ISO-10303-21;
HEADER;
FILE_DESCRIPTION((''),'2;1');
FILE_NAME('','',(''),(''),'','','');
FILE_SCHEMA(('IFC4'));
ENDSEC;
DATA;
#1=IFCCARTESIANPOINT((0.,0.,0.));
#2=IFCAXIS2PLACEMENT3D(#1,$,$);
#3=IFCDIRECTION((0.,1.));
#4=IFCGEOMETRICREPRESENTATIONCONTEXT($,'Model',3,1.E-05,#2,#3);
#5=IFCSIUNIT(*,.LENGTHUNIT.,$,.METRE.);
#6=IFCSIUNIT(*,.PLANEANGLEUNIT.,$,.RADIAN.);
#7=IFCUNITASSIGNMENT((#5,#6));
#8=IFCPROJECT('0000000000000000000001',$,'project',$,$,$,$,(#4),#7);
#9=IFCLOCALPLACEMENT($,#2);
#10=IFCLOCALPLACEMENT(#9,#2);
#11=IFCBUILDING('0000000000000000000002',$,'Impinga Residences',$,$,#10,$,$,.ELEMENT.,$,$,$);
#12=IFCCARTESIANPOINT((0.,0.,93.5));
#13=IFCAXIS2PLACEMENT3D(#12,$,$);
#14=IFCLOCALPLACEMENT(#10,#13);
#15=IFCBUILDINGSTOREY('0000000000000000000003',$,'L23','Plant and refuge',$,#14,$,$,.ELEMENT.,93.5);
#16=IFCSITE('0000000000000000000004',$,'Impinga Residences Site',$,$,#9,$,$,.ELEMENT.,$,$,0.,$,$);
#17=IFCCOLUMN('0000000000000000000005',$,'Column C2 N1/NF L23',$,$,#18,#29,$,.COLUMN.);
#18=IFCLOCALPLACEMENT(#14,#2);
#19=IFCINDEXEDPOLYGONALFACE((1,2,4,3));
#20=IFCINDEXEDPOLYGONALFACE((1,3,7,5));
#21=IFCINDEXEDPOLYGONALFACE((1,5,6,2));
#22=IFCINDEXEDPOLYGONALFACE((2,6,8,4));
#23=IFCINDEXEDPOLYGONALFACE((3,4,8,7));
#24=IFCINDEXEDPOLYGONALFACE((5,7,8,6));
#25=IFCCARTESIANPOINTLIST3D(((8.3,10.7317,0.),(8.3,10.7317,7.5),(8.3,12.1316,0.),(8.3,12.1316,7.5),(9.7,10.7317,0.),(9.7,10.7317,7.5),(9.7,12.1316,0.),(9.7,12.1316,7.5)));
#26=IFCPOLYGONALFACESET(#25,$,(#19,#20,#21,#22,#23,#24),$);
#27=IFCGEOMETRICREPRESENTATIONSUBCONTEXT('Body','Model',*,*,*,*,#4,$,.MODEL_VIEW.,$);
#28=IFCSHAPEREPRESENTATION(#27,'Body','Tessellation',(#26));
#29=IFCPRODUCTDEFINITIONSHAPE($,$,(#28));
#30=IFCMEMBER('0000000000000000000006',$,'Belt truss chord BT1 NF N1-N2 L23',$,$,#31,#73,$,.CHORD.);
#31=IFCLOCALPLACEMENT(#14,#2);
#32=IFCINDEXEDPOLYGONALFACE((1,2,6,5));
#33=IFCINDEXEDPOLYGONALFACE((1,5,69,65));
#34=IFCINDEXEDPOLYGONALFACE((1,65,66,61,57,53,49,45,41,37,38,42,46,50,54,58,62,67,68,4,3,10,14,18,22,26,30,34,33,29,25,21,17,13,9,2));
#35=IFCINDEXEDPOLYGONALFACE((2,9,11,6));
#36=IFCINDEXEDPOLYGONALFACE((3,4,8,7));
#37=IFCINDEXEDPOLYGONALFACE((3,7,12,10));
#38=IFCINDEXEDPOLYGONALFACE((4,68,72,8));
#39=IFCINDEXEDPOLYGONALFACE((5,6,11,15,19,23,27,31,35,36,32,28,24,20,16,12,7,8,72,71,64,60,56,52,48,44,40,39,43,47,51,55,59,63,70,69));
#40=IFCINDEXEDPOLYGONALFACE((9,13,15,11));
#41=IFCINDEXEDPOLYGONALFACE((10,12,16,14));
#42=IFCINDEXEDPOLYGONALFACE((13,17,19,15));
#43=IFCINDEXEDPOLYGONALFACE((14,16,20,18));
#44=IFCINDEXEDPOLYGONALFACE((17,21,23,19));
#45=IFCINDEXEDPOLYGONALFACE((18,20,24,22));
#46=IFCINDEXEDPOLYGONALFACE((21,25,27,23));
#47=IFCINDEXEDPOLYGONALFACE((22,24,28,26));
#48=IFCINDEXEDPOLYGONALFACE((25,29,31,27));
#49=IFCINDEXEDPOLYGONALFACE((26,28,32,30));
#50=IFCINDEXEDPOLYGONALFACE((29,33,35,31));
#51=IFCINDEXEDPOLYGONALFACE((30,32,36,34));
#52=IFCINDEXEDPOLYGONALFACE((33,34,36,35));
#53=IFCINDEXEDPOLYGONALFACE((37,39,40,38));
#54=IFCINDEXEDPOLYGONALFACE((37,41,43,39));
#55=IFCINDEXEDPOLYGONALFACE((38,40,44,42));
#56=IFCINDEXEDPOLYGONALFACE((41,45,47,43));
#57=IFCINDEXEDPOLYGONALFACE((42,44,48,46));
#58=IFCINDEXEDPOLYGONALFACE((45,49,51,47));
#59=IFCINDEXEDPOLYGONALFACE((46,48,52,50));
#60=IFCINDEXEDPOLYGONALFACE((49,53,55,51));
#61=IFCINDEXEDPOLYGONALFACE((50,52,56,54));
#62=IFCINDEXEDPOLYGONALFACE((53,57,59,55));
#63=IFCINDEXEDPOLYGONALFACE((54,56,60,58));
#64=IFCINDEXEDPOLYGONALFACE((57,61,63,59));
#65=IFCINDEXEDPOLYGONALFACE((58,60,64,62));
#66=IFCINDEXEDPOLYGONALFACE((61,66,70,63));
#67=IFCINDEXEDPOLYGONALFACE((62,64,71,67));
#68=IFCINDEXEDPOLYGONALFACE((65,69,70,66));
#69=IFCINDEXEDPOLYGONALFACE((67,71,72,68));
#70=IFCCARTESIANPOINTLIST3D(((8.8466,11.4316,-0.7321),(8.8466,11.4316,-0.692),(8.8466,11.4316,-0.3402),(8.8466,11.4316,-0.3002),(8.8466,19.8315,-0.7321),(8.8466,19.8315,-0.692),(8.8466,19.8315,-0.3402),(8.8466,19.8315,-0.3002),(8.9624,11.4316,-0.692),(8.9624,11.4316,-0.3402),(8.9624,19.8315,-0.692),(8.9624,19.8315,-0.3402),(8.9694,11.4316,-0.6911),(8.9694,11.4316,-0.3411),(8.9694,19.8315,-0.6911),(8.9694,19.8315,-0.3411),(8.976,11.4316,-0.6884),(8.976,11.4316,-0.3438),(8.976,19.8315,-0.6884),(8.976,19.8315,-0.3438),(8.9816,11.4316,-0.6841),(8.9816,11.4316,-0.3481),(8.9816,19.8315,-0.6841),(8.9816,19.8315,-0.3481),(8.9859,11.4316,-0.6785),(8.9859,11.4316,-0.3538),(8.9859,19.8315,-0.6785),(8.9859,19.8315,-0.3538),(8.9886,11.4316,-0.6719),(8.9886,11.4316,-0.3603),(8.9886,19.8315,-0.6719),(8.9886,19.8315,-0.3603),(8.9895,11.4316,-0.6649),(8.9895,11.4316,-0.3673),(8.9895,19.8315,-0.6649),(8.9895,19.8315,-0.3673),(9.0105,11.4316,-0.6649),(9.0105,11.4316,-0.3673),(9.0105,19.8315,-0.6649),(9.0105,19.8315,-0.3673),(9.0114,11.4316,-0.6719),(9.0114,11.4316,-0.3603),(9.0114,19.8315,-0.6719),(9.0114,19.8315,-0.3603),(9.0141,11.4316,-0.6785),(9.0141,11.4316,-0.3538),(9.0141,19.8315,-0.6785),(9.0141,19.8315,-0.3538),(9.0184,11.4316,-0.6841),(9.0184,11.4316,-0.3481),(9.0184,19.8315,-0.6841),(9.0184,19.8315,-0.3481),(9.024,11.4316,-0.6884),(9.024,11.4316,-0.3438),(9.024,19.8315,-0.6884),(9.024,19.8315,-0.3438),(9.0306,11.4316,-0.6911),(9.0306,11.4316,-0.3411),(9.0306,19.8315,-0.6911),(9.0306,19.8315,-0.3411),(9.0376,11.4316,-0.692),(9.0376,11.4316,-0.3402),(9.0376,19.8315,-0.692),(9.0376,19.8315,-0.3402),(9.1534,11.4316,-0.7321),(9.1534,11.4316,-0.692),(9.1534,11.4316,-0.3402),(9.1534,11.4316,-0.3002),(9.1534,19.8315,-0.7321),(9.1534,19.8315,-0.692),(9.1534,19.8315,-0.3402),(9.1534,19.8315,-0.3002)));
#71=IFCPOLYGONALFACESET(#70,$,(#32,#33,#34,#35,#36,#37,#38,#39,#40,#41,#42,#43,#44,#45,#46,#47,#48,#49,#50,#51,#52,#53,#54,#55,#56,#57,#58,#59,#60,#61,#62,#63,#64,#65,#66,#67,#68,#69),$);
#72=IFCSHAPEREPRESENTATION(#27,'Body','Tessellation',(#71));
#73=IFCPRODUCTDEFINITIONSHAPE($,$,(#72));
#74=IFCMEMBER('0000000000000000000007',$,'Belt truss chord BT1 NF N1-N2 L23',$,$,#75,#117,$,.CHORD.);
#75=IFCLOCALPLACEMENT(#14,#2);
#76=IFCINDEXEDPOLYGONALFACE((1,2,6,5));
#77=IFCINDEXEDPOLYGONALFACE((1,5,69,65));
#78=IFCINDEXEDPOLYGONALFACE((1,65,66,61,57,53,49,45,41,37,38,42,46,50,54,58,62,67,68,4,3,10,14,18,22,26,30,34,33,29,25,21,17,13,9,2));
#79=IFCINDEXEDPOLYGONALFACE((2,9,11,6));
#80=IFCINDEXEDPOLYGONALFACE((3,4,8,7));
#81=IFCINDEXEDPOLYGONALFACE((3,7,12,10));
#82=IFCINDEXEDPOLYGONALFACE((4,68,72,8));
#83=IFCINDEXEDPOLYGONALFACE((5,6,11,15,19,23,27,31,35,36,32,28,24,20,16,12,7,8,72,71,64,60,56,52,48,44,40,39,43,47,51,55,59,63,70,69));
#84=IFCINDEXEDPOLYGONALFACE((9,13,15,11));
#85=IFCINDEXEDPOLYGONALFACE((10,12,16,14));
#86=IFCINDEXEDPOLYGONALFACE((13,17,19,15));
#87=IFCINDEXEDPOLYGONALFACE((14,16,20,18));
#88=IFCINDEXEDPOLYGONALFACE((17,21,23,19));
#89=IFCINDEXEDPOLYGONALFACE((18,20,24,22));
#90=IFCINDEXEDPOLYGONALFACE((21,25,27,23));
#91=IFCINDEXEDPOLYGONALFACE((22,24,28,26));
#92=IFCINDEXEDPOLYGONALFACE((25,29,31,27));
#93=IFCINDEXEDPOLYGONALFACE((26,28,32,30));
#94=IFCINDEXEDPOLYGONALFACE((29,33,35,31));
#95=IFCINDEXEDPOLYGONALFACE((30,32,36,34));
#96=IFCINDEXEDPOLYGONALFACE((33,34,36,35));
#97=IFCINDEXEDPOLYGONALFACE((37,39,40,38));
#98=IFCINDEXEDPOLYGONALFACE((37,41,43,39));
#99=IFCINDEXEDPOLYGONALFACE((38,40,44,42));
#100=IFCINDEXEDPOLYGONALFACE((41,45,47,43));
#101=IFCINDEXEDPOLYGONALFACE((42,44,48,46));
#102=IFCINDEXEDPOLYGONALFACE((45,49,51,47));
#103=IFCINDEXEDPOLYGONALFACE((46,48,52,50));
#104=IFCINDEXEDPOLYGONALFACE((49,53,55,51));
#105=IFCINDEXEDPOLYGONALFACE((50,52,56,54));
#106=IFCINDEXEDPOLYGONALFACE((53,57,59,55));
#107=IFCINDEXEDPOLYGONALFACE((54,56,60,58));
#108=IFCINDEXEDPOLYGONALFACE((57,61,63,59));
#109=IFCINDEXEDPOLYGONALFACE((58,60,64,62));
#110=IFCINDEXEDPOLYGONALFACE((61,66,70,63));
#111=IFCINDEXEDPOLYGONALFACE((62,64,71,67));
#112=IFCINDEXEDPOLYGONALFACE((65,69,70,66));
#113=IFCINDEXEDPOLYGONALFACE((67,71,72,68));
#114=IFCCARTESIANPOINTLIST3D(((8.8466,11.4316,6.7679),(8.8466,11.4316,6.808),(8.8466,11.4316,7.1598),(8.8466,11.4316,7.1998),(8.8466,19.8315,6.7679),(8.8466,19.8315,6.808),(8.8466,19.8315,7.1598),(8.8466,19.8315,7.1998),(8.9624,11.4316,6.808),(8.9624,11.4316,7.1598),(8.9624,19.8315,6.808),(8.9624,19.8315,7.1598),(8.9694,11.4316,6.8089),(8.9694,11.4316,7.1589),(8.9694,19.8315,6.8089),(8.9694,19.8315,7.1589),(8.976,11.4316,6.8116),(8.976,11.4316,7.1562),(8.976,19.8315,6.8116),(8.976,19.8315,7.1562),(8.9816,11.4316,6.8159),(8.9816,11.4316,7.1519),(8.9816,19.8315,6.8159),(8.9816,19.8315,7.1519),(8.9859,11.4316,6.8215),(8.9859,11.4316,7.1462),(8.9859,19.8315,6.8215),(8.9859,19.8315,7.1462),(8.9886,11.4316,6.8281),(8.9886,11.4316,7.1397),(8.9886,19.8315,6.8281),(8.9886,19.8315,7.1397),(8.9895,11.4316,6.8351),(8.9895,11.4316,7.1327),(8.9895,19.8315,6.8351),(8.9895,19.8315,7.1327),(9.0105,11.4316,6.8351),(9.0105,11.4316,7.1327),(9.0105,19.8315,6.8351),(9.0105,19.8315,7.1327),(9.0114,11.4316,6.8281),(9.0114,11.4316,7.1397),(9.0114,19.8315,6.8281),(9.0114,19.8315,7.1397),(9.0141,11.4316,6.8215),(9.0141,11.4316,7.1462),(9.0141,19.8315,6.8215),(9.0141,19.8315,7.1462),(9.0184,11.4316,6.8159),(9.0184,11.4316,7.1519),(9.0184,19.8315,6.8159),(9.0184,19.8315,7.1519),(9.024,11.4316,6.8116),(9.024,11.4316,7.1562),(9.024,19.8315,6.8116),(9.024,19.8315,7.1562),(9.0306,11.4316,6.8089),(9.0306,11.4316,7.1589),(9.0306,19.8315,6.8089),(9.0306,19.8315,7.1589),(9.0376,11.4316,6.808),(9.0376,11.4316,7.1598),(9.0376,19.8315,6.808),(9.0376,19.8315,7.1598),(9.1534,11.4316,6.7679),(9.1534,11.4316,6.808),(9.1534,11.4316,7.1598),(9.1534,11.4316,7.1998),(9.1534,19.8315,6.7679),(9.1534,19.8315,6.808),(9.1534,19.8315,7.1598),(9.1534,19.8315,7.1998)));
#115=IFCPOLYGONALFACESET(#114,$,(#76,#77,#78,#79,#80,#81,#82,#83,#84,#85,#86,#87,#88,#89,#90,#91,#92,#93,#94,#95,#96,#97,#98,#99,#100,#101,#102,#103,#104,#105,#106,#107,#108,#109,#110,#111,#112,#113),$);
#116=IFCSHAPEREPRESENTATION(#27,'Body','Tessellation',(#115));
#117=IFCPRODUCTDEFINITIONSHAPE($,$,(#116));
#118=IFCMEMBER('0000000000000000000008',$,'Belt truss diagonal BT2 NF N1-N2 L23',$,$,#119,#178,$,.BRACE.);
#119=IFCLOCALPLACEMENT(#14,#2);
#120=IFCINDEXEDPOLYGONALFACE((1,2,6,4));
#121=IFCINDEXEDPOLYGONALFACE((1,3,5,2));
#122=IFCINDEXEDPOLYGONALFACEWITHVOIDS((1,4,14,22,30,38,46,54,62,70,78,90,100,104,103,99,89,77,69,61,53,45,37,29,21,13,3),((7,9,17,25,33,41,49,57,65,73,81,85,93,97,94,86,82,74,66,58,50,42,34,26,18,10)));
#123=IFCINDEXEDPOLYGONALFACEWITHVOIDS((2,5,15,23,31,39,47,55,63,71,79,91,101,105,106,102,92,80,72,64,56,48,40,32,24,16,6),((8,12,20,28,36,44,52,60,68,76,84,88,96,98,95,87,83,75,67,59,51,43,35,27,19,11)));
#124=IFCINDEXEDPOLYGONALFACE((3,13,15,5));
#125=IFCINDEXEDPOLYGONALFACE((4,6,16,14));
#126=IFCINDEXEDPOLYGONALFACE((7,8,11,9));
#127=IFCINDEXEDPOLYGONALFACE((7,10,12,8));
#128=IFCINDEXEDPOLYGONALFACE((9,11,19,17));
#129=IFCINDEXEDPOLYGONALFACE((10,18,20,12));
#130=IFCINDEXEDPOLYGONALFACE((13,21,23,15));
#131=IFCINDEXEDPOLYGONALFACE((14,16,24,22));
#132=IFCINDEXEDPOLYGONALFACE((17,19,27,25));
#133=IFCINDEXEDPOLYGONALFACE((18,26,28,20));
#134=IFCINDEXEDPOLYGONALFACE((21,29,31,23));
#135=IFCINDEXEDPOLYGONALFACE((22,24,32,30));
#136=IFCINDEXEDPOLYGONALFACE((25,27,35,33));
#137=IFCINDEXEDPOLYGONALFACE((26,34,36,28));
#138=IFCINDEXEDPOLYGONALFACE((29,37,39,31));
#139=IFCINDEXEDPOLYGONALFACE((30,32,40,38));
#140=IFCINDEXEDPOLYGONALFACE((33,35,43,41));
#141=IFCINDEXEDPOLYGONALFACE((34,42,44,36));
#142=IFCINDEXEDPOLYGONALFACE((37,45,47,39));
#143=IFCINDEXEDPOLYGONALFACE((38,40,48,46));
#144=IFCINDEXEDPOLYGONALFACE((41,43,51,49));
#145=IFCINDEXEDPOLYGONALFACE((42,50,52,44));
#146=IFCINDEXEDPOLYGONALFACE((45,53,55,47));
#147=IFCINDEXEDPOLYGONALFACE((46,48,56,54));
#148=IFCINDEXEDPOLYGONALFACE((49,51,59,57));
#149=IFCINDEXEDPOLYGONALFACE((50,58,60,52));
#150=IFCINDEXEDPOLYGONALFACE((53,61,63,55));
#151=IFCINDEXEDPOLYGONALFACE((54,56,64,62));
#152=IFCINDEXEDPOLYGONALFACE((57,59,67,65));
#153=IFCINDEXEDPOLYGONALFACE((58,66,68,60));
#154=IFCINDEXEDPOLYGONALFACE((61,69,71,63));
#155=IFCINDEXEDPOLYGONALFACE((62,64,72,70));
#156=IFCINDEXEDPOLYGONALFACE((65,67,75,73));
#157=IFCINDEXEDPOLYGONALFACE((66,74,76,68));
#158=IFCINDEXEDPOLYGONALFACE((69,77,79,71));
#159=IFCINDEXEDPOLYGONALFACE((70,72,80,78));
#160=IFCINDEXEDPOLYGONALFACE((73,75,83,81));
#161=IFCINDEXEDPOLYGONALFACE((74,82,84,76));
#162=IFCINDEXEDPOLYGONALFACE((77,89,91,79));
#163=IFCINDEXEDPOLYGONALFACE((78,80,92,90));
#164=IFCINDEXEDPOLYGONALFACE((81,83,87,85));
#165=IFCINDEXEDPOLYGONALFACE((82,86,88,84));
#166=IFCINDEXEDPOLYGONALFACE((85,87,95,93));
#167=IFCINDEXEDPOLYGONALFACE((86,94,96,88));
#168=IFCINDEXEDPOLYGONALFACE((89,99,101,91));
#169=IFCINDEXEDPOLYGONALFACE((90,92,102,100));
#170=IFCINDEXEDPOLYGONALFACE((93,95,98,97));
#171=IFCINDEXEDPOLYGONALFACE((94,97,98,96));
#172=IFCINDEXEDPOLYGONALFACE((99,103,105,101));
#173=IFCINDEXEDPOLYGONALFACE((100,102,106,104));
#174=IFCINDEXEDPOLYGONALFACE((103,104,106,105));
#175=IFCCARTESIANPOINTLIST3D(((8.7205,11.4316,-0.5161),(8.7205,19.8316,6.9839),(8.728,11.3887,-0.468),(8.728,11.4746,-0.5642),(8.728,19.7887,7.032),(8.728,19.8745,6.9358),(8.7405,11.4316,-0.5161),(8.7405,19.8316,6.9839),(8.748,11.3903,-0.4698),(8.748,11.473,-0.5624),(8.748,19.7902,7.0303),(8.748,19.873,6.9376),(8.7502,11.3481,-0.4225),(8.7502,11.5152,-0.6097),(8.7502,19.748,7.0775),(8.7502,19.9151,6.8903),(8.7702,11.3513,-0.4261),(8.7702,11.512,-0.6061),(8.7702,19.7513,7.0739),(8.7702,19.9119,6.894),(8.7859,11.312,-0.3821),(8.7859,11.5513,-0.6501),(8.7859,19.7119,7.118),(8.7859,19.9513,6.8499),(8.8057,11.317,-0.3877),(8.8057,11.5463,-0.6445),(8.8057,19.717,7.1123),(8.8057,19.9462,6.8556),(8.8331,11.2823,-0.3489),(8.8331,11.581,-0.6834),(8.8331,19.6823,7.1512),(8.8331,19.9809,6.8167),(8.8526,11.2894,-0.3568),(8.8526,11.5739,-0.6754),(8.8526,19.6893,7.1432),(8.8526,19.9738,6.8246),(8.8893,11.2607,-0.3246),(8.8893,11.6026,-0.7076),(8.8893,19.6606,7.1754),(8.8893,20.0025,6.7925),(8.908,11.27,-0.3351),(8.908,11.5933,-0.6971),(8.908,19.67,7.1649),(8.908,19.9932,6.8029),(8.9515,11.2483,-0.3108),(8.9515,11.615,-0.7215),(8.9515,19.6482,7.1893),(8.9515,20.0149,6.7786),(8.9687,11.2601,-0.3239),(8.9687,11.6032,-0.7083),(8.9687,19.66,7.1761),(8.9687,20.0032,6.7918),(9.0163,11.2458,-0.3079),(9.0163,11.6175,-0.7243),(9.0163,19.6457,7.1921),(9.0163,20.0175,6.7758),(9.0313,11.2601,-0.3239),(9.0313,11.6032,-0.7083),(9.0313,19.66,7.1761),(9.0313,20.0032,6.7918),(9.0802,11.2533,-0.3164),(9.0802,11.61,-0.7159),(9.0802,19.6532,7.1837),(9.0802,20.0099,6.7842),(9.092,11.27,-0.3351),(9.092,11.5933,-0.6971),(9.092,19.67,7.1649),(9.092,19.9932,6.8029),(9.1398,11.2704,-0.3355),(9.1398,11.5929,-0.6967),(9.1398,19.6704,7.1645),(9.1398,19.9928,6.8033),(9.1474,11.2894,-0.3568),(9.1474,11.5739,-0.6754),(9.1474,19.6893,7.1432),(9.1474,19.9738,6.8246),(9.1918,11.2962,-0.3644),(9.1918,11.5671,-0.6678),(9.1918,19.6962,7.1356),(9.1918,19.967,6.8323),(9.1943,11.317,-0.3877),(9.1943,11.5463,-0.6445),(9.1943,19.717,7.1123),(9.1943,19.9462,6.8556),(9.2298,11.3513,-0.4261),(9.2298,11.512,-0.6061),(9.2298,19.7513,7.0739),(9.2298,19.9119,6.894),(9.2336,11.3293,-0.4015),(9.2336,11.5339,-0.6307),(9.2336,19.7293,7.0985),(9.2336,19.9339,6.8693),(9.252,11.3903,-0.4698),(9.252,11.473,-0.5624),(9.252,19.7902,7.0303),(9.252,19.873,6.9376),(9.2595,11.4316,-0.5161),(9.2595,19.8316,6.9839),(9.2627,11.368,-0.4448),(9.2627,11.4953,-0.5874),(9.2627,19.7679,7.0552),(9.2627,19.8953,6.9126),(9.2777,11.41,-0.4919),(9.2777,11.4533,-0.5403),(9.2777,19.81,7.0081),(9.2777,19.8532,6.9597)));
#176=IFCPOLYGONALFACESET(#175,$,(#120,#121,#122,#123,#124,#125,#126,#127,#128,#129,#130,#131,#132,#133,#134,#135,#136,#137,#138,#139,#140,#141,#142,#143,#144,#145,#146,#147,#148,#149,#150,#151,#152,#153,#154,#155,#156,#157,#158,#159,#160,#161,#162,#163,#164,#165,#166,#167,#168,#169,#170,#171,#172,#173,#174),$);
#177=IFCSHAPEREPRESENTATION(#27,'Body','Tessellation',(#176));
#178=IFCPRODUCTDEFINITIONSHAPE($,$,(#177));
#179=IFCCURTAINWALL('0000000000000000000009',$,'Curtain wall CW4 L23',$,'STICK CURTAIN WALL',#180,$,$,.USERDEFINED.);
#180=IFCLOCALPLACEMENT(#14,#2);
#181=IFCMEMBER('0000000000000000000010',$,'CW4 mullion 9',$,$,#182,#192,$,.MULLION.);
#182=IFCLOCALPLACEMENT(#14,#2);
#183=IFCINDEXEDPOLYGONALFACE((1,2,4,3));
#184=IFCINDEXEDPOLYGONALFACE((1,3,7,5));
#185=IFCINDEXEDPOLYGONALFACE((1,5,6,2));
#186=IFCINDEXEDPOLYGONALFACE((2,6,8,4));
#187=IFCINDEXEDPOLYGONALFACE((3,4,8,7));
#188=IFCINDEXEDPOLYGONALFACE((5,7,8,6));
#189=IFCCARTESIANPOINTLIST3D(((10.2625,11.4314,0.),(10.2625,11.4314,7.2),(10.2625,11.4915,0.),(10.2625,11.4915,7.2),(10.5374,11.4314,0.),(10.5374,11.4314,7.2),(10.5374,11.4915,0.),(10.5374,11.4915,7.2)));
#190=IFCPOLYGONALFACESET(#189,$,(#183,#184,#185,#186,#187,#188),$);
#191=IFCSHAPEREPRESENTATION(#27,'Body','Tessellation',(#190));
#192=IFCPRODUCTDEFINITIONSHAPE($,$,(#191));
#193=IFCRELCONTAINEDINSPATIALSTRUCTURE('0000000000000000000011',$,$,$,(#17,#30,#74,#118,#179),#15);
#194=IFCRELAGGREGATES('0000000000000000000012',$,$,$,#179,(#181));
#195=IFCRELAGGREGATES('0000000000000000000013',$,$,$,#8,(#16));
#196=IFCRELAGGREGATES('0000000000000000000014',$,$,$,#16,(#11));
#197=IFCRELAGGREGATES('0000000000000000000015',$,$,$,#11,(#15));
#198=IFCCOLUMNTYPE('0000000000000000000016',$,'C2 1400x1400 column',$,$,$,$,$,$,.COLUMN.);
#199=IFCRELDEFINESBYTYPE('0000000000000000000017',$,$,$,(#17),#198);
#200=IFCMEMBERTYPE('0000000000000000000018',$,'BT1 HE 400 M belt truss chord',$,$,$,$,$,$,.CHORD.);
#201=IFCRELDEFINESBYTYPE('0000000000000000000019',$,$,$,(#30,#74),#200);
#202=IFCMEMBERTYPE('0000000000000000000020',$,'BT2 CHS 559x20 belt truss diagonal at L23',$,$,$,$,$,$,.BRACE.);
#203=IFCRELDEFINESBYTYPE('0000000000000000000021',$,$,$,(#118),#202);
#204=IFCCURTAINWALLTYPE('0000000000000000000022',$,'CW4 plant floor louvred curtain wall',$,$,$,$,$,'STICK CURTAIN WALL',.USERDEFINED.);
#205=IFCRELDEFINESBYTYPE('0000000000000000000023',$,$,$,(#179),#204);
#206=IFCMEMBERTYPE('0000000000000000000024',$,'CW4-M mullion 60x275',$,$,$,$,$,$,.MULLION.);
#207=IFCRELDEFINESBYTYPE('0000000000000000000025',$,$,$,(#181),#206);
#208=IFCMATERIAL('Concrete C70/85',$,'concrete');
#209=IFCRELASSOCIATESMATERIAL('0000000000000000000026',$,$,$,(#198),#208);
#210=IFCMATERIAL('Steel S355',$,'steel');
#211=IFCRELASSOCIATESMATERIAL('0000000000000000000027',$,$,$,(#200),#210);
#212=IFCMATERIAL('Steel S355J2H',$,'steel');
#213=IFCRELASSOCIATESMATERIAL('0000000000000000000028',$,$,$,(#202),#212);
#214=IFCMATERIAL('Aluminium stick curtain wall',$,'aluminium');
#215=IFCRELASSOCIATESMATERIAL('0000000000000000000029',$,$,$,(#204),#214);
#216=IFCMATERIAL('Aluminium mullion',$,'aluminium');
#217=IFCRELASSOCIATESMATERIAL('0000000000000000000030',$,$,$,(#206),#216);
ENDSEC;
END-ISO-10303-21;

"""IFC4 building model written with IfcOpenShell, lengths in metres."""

from ifc_helpers import new_model, si_unit, direction, frame, origin, origin_2d, place, context, subcontext, project, spatial, rectangle, hollow_circle, i_section, extrude, material, material_profile, profile_set, type_object, element, aggregate, save


model = new_model("IFC4")

# Units and contexts
model_context = context("Model", 3, precision=1e-05, world=origin(), true_north=direction((0.0, 1.0)))
body_context = subcontext(model_context, "Body", "Model", "MODEL_VIEW")
ifc_project = project(units=[si_unit("LENGTHUNIT", "METRE"), si_unit("PLANEANGLEUNIT", "RADIAN")], contexts=[model_context])

# Site, building, storey
site_placement = place(None, origin())
site = spatial("IfcSite", under=ifc_project, at=site_placement, Name="Impinga Residences Site", CompositionType="ELEMENT", RefElevation=0.0)
building_placement = place(site_placement, origin())
building = spatial("IfcBuilding", under=site, at=building_placement, Name="Impinga Residences", CompositionType="ELEMENT")
storey_placement = place(building_placement, frame((0.0, 0.0, 93.5)))
storey = spatial("IfcBuildingStorey", under=building, at=storey_placement, Name="L23", Description="Plant and refuge", CompositionType="ELEMENT", Elevation=93.5)

# Column
ifc_material_1 = material(Name="Concrete C70/85", Category="concrete")
ifc_material_profile_1 = material_profile(ifc_material_1, rectangle(XDim=1.3999, YDim=1.3999, at=origin_2d()), Name="RC 1400x1400")
ifc_profile_set_1 = profile_set([ifc_material_profile_1], Name="Concrete C70/85")
column_type = type_object("IfcColumnType", Name="C2 1400x1400 column", PredefinedType="COLUMN", material=ifc_profile_set_1)
column_placement = place(storey_placement, frame((9.0, 11.4316, 0.0), z_axis=(0.0, 0.0, 1.0), x_axis=(1.0, 0.0, 0.0)))
element("IfcColumn", 1, at=column_placement, inside=storey, type_object=column_type, Name="Column C2 N1/NF L23", PredefinedType="COLUMN", context=body_context, shape_type="SweptSolid", body=[
    extrude(rectangle(XDim=1.3999, YDim=1.3999, at=origin_2d()), origin(), (0.0, 0.0, 1.0), 7.5),
])

# Members
ifc_material_2 = material(Name="Steel S355", Category="steel")
ifc_material_profile_2 = material_profile(ifc_material_2, i_section(OverallWidth=0.3069, OverallDepth=0.4319, WebThickness=0.021, FlangeThickness=0.04, FilletRadius=0.0271, at=origin_2d()), Name="HE 400 M")
ifc_profile_set_2 = profile_set([ifc_material_profile_2], Name="Steel S355")
member_type_1 = type_object("IfcMemberType", Name="BT1 HE 400 M belt truss chord", PredefinedType="CHORD", material=ifc_profile_set_2)
for number, where, z_axis, x_axis, name in (
    (2, (9.0, 11.4316, -0.5161), (0.0, 1.0, 0.0), (-1.0, 0.0, 0.0), "Belt truss chord BT1 NF N1-N2 L23"),
    (3, (9.0, 11.4316, 6.9839), (0.0, 1.0, 0.0), (-1.0, 0.0, 0.0), "Belt truss chord BT1 NF N1-N2 L23"),
):
    element("IfcMember", number, at=place(storey_placement, frame(where, z_axis=z_axis, x_axis=x_axis)), inside=storey, type_object=member_type_1, Name=name, PredefinedType="CHORD", context=body_context, shape_type="SweptSolid", body=[
        extrude(i_section(OverallWidth=0.3069, OverallDepth=0.4319, WebThickness=0.021, FlangeThickness=0.04, FilletRadius=0.0271, at=origin_2d()), origin(), (0.0, 0.0, 1.0), 8.3999),
    ])
ifc_material_3 = material(Name="Steel S355J2H", Category="steel")
ifc_material_profile_3 = material_profile(ifc_material_3, hollow_circle(Radius=0.2795, WallThickness=0.02, at=origin_2d()), Name="CHS 559x20")
ifc_profile_set_3 = profile_set([ifc_material_profile_3], Name="Steel S355J2H")
member_type_2 = type_object("IfcMemberType", Name="BT2 CHS 559x20 belt truss diagonal at L23", PredefinedType="BRACE", material=ifc_profile_set_3)
member_1_placement = place(storey_placement, frame((9.0, 11.4316, -0.5161), z_axis=(0.0, 0.745934, 0.66602), x_axis=(-1.0, 0.0, 0.0)))
element("IfcMember", 4, at=member_1_placement, inside=storey, type_object=member_type_2, Name="Belt truss diagonal BT2 NF N1-N2 L23", PredefinedType="BRACE", context=body_context, shape_type="SweptSolid", body=[
    extrude(hollow_circle(Radius=0.2795, WallThickness=0.02, at=origin_2d()), origin(), (0.0, 0.0, 1.0), 11.261),
])

# Curtain wall, member
ifc_material_4 = material(Name="Aluminium stick curtain wall", Category="aluminium")
curtain_wall_type = type_object("IfcCurtainWallType", Name="CW4 plant floor louvred curtain wall", ElementType="STICK CURTAIN WALL", PredefinedType="USERDEFINED", material=ifc_material_4)
curtain_wall_1_placement = place(storey_placement, origin())
curtain_wall_1 = element("IfcCurtainWall", 5, at=curtain_wall_1_placement, inside=storey, type_object=curtain_wall_type, Name="Curtain wall CW4 L23", ObjectType="STICK CURTAIN WALL", PredefinedType="USERDEFINED")
ifc_material_5 = material(Name="Aluminium mullion", Category="aluminium")
ifc_material_profile_4 = material_profile(ifc_material_5, rectangle(XDim=0.0601, YDim=0.2749, at=origin_2d()), Name="60x275 mullion")
ifc_profile_set_4 = profile_set([ifc_material_profile_4], Name="Aluminium mullion")
member_type_3 = type_object("IfcMemberType", Name="CW4-M mullion 60x275", PredefinedType="MULLION", material=ifc_profile_set_4)
member_2_placement = place(storey_placement, frame((10.3999, 11.4614, 0.0), z_axis=(0.0, 0.0, 1.0), x_axis=(0.0, -1.0, 0.0)))
member_2 = element("IfcMember", 6, at=member_2_placement, type_object=member_type_3, Name="CW4 mullion 9", PredefinedType="MULLION", context=body_context, shape_type="SweptSolid", body=[
    extrude(rectangle(XDim=0.0601, YDim=0.2749, at=origin_2d()), origin(), (0.0, 0.0, 1.0), 7.2),
])
aggregate(curtain_wall_1, [member_2])

save(model, "model.ifc")
